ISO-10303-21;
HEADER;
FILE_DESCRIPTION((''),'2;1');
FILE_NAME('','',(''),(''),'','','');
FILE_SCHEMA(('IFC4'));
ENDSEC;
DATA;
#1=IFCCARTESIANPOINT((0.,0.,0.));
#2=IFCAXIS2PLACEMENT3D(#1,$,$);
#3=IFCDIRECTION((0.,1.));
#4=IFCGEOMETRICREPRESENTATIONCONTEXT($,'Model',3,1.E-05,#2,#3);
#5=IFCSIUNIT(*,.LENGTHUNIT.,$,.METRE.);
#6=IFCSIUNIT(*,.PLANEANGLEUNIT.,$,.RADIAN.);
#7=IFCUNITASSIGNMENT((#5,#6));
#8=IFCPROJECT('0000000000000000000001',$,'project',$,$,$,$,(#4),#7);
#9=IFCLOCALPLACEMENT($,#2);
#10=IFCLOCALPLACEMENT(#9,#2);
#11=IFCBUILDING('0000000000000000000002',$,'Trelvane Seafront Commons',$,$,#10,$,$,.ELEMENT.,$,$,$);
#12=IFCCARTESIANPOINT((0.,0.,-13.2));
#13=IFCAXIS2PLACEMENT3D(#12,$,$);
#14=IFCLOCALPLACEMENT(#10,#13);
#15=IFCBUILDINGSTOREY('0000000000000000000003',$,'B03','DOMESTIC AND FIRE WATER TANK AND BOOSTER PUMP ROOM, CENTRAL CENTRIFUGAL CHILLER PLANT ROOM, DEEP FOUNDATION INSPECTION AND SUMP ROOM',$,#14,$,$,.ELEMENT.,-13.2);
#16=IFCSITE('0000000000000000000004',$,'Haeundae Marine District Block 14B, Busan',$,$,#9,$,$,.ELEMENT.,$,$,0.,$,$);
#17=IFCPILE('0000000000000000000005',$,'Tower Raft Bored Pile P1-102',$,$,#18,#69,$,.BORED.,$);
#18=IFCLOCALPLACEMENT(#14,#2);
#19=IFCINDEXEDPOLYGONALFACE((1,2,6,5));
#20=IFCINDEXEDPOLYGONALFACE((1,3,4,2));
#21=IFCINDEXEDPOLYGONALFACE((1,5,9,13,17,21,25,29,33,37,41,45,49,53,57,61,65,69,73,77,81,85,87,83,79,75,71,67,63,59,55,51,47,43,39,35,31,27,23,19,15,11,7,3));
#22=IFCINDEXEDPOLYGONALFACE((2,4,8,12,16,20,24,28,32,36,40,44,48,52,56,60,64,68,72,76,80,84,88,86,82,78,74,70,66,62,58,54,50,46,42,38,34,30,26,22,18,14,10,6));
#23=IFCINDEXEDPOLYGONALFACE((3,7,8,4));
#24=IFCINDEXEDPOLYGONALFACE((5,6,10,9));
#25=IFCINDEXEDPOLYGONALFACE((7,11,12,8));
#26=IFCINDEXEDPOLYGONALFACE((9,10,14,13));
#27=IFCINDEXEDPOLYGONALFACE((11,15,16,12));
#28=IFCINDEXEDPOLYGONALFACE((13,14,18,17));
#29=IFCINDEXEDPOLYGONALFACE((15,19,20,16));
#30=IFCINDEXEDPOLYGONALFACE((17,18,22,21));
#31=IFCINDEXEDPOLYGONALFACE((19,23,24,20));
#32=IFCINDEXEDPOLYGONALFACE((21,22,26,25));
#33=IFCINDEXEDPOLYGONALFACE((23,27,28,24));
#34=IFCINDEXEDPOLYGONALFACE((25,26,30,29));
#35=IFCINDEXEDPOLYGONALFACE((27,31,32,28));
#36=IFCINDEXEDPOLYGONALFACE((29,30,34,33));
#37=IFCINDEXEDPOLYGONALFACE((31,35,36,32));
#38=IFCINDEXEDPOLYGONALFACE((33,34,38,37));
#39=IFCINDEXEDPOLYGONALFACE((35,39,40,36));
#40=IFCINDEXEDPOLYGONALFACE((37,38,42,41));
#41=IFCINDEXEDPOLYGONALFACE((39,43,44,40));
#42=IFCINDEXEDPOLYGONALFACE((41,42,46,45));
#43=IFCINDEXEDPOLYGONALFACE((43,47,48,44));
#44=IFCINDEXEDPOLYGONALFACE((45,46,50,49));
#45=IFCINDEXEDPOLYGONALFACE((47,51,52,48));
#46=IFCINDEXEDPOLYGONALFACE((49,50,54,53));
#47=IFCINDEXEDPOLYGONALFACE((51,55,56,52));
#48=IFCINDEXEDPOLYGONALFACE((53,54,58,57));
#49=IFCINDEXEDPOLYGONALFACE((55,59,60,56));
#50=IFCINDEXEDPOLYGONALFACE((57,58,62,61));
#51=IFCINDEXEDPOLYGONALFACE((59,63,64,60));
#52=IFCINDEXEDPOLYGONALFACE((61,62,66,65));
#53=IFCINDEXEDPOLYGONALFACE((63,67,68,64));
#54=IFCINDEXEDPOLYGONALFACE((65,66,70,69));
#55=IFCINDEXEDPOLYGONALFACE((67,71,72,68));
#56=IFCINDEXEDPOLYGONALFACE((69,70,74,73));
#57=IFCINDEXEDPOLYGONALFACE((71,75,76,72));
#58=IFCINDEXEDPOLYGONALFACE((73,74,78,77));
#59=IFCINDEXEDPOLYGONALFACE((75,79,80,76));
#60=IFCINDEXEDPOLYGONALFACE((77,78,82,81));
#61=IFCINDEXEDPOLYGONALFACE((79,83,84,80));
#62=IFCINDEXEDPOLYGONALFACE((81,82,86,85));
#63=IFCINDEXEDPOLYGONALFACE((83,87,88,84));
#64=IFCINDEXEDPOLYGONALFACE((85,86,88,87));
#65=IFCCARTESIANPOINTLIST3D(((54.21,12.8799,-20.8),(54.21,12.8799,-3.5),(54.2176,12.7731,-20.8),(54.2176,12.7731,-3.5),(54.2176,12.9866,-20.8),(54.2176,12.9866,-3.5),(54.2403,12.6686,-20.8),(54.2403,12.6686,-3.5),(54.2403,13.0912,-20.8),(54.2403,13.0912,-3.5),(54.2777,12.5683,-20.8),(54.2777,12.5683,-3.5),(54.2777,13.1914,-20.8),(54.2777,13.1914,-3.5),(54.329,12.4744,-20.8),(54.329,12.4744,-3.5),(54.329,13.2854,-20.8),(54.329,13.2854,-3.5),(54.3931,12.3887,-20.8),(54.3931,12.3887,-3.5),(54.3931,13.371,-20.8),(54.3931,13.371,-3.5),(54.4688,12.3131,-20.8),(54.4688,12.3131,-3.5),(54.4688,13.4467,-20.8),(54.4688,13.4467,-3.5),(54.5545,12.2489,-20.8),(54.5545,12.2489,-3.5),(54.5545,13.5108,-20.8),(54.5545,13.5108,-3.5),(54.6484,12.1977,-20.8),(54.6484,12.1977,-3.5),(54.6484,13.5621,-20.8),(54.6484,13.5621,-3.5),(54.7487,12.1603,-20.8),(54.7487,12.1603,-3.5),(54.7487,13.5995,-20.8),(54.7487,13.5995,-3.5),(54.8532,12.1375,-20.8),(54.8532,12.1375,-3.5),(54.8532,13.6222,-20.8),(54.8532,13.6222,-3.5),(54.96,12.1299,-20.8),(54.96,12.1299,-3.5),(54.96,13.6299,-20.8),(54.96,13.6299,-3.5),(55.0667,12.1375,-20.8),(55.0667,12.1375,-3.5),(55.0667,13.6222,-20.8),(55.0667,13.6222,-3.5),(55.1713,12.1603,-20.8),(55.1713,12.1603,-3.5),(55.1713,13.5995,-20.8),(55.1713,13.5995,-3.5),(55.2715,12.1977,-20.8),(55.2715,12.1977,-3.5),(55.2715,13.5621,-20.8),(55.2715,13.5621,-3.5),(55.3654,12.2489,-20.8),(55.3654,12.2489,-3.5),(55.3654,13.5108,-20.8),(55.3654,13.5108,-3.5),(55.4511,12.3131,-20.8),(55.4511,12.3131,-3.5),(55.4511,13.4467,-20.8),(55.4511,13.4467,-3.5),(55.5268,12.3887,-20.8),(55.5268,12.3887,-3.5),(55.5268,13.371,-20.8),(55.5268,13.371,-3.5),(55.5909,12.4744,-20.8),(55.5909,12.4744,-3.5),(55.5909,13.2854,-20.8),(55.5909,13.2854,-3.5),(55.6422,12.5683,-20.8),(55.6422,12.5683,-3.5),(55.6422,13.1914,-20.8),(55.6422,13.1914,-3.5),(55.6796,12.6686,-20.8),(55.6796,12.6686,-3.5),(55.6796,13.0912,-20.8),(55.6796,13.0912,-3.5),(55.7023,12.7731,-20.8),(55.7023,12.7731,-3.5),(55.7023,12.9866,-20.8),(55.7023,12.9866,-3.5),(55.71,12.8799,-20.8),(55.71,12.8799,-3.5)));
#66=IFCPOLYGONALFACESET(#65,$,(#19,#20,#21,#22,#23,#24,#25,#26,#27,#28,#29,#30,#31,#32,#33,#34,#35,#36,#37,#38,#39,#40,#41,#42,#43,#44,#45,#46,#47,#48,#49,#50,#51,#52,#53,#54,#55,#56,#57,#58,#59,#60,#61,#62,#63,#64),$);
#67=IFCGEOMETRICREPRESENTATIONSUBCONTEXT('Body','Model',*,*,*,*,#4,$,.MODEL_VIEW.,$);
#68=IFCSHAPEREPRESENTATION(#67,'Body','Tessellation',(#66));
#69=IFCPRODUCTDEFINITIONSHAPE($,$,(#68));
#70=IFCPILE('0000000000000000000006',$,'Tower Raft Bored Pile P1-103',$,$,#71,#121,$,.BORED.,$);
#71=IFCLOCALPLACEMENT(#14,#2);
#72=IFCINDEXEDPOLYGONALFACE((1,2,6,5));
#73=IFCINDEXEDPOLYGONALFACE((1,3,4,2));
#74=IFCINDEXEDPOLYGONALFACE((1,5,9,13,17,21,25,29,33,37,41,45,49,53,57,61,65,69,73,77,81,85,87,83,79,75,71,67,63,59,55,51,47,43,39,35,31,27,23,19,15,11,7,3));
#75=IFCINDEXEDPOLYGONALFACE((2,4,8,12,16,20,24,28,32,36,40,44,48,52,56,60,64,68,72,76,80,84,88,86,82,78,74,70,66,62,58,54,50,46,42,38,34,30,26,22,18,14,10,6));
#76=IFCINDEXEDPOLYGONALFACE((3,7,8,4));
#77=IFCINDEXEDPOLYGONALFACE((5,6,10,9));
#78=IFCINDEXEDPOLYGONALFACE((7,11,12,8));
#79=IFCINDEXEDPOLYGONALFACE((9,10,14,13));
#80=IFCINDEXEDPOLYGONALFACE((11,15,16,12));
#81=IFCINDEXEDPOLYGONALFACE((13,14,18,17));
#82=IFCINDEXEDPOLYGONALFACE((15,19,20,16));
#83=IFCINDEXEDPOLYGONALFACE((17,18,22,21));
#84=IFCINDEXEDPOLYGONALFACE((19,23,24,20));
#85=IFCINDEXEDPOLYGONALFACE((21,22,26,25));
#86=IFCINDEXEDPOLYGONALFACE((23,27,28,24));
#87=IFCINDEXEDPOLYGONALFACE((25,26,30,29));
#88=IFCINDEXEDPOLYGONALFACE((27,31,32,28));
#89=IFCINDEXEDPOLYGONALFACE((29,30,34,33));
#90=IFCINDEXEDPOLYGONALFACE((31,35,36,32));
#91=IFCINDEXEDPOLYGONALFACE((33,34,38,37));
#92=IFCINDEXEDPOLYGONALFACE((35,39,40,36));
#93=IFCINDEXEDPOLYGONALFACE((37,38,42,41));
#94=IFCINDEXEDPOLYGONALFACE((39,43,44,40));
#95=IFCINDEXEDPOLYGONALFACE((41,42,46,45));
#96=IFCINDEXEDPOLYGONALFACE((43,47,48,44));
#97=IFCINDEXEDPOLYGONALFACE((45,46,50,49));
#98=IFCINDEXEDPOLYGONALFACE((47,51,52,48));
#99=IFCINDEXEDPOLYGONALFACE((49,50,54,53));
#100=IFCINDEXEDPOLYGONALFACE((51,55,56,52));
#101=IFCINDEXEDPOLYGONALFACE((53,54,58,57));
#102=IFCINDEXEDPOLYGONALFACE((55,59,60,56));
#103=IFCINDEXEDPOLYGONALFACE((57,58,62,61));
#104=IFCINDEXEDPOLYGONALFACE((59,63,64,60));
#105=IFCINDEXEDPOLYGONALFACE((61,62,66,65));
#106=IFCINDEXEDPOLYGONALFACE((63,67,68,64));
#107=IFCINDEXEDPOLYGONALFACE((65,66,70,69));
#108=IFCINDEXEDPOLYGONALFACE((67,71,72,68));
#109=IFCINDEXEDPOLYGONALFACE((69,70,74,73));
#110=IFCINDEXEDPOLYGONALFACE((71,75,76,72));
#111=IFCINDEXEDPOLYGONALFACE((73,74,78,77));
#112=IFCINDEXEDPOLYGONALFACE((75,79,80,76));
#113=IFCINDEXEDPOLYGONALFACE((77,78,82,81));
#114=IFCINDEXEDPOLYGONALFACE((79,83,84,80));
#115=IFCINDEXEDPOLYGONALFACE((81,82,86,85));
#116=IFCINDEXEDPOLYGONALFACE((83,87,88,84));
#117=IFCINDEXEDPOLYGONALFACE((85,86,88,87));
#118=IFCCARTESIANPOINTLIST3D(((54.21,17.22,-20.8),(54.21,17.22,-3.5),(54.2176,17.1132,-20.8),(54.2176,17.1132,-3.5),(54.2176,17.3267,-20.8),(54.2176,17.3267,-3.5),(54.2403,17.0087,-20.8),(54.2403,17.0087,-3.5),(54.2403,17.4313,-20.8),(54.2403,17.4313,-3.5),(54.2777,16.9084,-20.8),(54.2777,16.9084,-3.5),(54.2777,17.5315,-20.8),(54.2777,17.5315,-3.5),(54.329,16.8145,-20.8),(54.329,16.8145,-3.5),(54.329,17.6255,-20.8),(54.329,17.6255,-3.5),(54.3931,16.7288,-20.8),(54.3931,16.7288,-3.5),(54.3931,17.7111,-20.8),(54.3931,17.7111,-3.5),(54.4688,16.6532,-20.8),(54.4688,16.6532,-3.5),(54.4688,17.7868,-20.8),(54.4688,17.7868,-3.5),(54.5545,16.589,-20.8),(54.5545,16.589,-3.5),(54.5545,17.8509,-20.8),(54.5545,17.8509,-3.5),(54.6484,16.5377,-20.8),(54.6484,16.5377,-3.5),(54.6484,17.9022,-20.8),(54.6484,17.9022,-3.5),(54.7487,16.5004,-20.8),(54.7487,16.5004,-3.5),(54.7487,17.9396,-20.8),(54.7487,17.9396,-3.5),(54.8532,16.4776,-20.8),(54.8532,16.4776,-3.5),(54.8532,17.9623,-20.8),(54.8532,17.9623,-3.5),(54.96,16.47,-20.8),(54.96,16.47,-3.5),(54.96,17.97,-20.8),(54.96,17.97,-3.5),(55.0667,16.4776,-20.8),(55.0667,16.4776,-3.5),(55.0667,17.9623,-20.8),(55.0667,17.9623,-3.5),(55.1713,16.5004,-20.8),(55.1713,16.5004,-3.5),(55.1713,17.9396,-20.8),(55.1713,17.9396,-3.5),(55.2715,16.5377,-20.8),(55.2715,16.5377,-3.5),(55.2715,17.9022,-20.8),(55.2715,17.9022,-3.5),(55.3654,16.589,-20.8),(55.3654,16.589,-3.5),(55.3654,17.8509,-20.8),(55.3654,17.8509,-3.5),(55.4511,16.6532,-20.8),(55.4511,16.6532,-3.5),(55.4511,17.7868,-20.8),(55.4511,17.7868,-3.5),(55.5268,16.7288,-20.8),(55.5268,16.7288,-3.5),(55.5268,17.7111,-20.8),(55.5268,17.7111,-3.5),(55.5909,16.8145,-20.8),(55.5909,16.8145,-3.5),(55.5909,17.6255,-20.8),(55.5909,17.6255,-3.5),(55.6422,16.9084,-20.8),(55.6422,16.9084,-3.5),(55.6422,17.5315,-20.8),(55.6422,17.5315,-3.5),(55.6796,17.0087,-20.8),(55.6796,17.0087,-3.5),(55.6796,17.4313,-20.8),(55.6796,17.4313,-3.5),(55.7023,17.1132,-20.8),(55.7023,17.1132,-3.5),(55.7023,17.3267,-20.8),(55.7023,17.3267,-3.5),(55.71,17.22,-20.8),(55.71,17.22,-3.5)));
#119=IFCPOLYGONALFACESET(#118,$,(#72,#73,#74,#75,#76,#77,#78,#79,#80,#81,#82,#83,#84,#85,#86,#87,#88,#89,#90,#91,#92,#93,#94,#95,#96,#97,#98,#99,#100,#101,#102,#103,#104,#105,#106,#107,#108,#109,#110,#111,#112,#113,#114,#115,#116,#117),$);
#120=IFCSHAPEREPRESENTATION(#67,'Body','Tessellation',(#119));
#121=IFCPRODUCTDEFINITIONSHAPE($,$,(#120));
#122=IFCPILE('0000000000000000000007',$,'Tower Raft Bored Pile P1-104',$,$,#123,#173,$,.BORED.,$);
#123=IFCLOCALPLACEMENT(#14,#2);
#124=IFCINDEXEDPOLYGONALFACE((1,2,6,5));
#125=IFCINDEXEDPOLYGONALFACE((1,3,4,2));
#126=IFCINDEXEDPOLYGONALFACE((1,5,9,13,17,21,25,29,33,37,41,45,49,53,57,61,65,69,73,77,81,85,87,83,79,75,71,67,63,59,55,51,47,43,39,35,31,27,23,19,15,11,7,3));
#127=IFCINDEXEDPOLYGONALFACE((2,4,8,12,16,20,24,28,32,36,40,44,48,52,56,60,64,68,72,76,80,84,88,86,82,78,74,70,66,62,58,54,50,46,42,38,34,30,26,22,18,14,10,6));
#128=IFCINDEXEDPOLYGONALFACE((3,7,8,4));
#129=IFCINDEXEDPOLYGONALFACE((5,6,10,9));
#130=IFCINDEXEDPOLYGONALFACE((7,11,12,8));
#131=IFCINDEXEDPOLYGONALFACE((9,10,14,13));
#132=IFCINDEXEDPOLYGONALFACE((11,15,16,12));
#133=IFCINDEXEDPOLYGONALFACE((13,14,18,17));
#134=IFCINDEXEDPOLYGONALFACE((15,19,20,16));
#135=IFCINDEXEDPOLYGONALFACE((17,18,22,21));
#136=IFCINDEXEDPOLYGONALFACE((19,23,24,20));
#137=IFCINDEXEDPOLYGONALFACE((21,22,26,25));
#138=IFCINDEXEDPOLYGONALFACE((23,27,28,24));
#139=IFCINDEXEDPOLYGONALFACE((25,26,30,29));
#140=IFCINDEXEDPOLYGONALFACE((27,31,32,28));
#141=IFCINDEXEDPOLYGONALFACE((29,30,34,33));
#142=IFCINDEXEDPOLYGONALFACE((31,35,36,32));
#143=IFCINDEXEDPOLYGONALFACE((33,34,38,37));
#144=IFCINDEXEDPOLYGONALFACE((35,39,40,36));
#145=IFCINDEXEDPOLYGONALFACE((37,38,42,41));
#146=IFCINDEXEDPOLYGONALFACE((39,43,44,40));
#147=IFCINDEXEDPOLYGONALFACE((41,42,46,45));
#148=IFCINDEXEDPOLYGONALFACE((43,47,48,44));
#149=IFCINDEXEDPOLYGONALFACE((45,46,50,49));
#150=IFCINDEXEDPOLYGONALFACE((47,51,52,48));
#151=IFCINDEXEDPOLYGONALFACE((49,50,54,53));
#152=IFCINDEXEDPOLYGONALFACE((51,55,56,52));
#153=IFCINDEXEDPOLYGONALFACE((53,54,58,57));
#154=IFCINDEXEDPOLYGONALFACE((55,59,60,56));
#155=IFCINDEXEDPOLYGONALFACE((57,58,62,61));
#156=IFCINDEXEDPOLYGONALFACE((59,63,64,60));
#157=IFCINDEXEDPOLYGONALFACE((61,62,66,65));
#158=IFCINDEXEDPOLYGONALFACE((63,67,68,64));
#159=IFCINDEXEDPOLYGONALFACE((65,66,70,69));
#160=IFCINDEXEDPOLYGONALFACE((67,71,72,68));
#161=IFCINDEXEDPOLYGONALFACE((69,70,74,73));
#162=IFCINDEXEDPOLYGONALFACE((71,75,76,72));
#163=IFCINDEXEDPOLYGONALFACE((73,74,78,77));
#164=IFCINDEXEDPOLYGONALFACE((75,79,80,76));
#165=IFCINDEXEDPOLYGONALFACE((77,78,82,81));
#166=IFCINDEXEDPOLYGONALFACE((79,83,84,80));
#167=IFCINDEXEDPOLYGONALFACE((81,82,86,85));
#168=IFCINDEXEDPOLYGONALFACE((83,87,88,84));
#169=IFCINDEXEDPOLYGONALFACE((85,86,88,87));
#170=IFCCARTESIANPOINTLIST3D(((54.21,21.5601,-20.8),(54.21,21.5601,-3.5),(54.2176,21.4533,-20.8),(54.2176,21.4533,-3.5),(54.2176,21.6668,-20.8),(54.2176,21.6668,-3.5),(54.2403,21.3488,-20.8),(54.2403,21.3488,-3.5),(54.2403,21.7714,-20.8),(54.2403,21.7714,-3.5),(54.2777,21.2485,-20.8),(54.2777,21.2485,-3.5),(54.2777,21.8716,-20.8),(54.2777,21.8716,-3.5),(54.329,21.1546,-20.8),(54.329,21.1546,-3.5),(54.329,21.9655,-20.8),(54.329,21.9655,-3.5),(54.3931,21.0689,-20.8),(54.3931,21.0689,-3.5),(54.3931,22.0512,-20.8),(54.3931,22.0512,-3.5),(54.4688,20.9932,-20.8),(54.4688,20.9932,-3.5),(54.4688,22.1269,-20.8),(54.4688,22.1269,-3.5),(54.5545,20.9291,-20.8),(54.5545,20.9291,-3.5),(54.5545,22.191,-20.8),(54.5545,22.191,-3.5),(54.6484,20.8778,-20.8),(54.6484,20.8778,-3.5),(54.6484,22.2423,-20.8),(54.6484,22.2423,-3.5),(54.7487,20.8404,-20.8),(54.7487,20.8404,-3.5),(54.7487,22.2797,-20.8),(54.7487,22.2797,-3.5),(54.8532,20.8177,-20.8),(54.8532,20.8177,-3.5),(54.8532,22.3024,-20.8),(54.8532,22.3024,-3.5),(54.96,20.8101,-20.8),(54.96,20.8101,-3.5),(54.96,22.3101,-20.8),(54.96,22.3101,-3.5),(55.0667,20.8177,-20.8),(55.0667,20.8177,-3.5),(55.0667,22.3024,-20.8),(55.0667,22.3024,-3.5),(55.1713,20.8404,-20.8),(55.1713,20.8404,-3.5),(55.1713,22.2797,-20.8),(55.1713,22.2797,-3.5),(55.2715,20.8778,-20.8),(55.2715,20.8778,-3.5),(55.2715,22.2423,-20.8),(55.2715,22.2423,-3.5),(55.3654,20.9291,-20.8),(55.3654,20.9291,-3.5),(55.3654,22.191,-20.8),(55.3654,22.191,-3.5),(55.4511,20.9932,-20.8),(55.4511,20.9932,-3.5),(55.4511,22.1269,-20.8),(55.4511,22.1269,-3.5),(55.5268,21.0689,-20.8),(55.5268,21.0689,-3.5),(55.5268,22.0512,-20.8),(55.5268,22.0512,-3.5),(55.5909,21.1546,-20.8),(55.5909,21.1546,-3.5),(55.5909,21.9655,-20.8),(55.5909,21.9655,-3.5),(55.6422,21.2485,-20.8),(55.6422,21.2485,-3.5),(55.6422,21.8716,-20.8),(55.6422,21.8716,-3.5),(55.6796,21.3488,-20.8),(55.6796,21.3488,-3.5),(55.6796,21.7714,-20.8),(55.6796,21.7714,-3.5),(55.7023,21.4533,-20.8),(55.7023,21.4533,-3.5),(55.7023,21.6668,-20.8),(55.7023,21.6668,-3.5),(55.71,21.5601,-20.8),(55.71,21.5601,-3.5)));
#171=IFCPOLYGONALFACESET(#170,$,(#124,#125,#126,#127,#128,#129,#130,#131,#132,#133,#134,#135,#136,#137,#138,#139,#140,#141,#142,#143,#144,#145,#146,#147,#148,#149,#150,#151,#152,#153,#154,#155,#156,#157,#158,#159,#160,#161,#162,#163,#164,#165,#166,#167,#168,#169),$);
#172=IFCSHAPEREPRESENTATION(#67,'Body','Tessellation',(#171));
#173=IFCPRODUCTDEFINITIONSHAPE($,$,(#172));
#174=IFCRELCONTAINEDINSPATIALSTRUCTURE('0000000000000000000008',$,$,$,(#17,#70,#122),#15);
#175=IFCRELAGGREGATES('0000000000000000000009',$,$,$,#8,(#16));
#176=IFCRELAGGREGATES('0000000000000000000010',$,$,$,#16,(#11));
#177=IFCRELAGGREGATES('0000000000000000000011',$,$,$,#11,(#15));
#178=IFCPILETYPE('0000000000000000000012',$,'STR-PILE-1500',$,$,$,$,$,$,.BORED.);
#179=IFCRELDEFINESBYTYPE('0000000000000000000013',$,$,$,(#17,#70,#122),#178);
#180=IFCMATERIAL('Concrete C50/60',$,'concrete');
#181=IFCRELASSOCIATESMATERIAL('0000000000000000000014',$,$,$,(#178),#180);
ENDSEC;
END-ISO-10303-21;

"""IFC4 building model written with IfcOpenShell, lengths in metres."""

from ifc_helpers import new_model, si_unit, direction, frame, origin, origin_2d, place, context, subcontext, project, spatial, circle, extrude, source, transform, mapped, material, material_profile, profile_set, type_object, element, save


model = new_model("IFC4")

# Units and contexts
model_context = context("Model", 3, precision=1e-05, world=origin(), true_north=direction((0.0, 1.0)))
body_context = subcontext(model_context, "Body", "Model", "MODEL_VIEW")
ifc_project = project(units=[si_unit("LENGTHUNIT", "METRE"), si_unit("PLANEANGLEUNIT", "RADIAN")], contexts=[model_context])

# Site, building, storey
site_placement = place(None, origin())
site = spatial("IfcSite", under=ifc_project, at=site_placement, Name="Haeundae Marine District Block 14B, Busan", CompositionType="ELEMENT", RefElevation=0.0)
building_placement = place(site_placement, origin())
building = spatial("IfcBuilding", under=site, at=building_placement, Name="Trelvane Seafront Commons", CompositionType="ELEMENT")
storey_placement = place(building_placement, frame((0.0, 0.0, -13.2)))
storey = spatial("IfcBuildingStorey", under=building, at=storey_placement, Name="B03", Description="DOMESTIC AND FIRE WATER TANK AND BOOSTER PUMP ROOM, CENTRAL CENTRIFUGAL CHILLER PLANT ROOM, DEEP FOUNDATION INSPECTION AND SUMP ROOM", CompositionType="ELEMENT", Elevation=-13.2)

# Piles
ifc_material_1 = material(Name="Concrete C50/60", Category="concrete")
ifc_material_profile_1 = material_profile(ifc_material_1, circle(Radius=0.75, at=origin_2d()), Name="PILE-1500")
ifc_profile_set_1 = profile_set([ifc_material_profile_1], Name="Concrete C50/60")
pile_type_1 = type_object("IfcPileType", Name="STR-PILE-1500", PredefinedType="BORED", material=ifc_profile_set_1)
shared_shape_1 = source(origin(), body_context, "Body", "SweptSolid", [
    extrude(circle(Radius=0.75, at=origin_2d()), origin(), (0.0, 0.0, 1.0), 17.3),
])
for number, where, z_axis, x_axis, name in (
    (1, (54.96, 12.8799, -3.5), (0.0, 0.0, -1.0), (1.0, 0.0, 0.0), "Tower Raft Bored Pile P1-102"),
    (2, (54.96, 17.22, -3.5), (0.0, 0.0, -1.0), (1.0, 0.0, 0.0), "Tower Raft Bored Pile P1-103"),
    (3, (54.96, 21.5601, -3.5), (0.0, 0.0, -1.0), (1.0, 0.0, 0.0), "Tower Raft Bored Pile P1-104"),
):
    element("IfcPile", number, at=place(storey_placement, frame(where, z_axis=z_axis, x_axis=x_axis)), inside=storey, type_object=pile_type_1, Name=name, PredefinedType="BORED", context=body_context, shape_type="MappedRepresentation", body=[
        mapped(shared_shape_1, transform((0.0, 0.0, 0.0), x_axis=(1.0, 0.0, 0.0), y_axis=(0.0, 1.0, 0.0), z_axis=(0.0, 0.0, 1.0), scale=1.0)),
    ])

save(model, "model.ifc")
